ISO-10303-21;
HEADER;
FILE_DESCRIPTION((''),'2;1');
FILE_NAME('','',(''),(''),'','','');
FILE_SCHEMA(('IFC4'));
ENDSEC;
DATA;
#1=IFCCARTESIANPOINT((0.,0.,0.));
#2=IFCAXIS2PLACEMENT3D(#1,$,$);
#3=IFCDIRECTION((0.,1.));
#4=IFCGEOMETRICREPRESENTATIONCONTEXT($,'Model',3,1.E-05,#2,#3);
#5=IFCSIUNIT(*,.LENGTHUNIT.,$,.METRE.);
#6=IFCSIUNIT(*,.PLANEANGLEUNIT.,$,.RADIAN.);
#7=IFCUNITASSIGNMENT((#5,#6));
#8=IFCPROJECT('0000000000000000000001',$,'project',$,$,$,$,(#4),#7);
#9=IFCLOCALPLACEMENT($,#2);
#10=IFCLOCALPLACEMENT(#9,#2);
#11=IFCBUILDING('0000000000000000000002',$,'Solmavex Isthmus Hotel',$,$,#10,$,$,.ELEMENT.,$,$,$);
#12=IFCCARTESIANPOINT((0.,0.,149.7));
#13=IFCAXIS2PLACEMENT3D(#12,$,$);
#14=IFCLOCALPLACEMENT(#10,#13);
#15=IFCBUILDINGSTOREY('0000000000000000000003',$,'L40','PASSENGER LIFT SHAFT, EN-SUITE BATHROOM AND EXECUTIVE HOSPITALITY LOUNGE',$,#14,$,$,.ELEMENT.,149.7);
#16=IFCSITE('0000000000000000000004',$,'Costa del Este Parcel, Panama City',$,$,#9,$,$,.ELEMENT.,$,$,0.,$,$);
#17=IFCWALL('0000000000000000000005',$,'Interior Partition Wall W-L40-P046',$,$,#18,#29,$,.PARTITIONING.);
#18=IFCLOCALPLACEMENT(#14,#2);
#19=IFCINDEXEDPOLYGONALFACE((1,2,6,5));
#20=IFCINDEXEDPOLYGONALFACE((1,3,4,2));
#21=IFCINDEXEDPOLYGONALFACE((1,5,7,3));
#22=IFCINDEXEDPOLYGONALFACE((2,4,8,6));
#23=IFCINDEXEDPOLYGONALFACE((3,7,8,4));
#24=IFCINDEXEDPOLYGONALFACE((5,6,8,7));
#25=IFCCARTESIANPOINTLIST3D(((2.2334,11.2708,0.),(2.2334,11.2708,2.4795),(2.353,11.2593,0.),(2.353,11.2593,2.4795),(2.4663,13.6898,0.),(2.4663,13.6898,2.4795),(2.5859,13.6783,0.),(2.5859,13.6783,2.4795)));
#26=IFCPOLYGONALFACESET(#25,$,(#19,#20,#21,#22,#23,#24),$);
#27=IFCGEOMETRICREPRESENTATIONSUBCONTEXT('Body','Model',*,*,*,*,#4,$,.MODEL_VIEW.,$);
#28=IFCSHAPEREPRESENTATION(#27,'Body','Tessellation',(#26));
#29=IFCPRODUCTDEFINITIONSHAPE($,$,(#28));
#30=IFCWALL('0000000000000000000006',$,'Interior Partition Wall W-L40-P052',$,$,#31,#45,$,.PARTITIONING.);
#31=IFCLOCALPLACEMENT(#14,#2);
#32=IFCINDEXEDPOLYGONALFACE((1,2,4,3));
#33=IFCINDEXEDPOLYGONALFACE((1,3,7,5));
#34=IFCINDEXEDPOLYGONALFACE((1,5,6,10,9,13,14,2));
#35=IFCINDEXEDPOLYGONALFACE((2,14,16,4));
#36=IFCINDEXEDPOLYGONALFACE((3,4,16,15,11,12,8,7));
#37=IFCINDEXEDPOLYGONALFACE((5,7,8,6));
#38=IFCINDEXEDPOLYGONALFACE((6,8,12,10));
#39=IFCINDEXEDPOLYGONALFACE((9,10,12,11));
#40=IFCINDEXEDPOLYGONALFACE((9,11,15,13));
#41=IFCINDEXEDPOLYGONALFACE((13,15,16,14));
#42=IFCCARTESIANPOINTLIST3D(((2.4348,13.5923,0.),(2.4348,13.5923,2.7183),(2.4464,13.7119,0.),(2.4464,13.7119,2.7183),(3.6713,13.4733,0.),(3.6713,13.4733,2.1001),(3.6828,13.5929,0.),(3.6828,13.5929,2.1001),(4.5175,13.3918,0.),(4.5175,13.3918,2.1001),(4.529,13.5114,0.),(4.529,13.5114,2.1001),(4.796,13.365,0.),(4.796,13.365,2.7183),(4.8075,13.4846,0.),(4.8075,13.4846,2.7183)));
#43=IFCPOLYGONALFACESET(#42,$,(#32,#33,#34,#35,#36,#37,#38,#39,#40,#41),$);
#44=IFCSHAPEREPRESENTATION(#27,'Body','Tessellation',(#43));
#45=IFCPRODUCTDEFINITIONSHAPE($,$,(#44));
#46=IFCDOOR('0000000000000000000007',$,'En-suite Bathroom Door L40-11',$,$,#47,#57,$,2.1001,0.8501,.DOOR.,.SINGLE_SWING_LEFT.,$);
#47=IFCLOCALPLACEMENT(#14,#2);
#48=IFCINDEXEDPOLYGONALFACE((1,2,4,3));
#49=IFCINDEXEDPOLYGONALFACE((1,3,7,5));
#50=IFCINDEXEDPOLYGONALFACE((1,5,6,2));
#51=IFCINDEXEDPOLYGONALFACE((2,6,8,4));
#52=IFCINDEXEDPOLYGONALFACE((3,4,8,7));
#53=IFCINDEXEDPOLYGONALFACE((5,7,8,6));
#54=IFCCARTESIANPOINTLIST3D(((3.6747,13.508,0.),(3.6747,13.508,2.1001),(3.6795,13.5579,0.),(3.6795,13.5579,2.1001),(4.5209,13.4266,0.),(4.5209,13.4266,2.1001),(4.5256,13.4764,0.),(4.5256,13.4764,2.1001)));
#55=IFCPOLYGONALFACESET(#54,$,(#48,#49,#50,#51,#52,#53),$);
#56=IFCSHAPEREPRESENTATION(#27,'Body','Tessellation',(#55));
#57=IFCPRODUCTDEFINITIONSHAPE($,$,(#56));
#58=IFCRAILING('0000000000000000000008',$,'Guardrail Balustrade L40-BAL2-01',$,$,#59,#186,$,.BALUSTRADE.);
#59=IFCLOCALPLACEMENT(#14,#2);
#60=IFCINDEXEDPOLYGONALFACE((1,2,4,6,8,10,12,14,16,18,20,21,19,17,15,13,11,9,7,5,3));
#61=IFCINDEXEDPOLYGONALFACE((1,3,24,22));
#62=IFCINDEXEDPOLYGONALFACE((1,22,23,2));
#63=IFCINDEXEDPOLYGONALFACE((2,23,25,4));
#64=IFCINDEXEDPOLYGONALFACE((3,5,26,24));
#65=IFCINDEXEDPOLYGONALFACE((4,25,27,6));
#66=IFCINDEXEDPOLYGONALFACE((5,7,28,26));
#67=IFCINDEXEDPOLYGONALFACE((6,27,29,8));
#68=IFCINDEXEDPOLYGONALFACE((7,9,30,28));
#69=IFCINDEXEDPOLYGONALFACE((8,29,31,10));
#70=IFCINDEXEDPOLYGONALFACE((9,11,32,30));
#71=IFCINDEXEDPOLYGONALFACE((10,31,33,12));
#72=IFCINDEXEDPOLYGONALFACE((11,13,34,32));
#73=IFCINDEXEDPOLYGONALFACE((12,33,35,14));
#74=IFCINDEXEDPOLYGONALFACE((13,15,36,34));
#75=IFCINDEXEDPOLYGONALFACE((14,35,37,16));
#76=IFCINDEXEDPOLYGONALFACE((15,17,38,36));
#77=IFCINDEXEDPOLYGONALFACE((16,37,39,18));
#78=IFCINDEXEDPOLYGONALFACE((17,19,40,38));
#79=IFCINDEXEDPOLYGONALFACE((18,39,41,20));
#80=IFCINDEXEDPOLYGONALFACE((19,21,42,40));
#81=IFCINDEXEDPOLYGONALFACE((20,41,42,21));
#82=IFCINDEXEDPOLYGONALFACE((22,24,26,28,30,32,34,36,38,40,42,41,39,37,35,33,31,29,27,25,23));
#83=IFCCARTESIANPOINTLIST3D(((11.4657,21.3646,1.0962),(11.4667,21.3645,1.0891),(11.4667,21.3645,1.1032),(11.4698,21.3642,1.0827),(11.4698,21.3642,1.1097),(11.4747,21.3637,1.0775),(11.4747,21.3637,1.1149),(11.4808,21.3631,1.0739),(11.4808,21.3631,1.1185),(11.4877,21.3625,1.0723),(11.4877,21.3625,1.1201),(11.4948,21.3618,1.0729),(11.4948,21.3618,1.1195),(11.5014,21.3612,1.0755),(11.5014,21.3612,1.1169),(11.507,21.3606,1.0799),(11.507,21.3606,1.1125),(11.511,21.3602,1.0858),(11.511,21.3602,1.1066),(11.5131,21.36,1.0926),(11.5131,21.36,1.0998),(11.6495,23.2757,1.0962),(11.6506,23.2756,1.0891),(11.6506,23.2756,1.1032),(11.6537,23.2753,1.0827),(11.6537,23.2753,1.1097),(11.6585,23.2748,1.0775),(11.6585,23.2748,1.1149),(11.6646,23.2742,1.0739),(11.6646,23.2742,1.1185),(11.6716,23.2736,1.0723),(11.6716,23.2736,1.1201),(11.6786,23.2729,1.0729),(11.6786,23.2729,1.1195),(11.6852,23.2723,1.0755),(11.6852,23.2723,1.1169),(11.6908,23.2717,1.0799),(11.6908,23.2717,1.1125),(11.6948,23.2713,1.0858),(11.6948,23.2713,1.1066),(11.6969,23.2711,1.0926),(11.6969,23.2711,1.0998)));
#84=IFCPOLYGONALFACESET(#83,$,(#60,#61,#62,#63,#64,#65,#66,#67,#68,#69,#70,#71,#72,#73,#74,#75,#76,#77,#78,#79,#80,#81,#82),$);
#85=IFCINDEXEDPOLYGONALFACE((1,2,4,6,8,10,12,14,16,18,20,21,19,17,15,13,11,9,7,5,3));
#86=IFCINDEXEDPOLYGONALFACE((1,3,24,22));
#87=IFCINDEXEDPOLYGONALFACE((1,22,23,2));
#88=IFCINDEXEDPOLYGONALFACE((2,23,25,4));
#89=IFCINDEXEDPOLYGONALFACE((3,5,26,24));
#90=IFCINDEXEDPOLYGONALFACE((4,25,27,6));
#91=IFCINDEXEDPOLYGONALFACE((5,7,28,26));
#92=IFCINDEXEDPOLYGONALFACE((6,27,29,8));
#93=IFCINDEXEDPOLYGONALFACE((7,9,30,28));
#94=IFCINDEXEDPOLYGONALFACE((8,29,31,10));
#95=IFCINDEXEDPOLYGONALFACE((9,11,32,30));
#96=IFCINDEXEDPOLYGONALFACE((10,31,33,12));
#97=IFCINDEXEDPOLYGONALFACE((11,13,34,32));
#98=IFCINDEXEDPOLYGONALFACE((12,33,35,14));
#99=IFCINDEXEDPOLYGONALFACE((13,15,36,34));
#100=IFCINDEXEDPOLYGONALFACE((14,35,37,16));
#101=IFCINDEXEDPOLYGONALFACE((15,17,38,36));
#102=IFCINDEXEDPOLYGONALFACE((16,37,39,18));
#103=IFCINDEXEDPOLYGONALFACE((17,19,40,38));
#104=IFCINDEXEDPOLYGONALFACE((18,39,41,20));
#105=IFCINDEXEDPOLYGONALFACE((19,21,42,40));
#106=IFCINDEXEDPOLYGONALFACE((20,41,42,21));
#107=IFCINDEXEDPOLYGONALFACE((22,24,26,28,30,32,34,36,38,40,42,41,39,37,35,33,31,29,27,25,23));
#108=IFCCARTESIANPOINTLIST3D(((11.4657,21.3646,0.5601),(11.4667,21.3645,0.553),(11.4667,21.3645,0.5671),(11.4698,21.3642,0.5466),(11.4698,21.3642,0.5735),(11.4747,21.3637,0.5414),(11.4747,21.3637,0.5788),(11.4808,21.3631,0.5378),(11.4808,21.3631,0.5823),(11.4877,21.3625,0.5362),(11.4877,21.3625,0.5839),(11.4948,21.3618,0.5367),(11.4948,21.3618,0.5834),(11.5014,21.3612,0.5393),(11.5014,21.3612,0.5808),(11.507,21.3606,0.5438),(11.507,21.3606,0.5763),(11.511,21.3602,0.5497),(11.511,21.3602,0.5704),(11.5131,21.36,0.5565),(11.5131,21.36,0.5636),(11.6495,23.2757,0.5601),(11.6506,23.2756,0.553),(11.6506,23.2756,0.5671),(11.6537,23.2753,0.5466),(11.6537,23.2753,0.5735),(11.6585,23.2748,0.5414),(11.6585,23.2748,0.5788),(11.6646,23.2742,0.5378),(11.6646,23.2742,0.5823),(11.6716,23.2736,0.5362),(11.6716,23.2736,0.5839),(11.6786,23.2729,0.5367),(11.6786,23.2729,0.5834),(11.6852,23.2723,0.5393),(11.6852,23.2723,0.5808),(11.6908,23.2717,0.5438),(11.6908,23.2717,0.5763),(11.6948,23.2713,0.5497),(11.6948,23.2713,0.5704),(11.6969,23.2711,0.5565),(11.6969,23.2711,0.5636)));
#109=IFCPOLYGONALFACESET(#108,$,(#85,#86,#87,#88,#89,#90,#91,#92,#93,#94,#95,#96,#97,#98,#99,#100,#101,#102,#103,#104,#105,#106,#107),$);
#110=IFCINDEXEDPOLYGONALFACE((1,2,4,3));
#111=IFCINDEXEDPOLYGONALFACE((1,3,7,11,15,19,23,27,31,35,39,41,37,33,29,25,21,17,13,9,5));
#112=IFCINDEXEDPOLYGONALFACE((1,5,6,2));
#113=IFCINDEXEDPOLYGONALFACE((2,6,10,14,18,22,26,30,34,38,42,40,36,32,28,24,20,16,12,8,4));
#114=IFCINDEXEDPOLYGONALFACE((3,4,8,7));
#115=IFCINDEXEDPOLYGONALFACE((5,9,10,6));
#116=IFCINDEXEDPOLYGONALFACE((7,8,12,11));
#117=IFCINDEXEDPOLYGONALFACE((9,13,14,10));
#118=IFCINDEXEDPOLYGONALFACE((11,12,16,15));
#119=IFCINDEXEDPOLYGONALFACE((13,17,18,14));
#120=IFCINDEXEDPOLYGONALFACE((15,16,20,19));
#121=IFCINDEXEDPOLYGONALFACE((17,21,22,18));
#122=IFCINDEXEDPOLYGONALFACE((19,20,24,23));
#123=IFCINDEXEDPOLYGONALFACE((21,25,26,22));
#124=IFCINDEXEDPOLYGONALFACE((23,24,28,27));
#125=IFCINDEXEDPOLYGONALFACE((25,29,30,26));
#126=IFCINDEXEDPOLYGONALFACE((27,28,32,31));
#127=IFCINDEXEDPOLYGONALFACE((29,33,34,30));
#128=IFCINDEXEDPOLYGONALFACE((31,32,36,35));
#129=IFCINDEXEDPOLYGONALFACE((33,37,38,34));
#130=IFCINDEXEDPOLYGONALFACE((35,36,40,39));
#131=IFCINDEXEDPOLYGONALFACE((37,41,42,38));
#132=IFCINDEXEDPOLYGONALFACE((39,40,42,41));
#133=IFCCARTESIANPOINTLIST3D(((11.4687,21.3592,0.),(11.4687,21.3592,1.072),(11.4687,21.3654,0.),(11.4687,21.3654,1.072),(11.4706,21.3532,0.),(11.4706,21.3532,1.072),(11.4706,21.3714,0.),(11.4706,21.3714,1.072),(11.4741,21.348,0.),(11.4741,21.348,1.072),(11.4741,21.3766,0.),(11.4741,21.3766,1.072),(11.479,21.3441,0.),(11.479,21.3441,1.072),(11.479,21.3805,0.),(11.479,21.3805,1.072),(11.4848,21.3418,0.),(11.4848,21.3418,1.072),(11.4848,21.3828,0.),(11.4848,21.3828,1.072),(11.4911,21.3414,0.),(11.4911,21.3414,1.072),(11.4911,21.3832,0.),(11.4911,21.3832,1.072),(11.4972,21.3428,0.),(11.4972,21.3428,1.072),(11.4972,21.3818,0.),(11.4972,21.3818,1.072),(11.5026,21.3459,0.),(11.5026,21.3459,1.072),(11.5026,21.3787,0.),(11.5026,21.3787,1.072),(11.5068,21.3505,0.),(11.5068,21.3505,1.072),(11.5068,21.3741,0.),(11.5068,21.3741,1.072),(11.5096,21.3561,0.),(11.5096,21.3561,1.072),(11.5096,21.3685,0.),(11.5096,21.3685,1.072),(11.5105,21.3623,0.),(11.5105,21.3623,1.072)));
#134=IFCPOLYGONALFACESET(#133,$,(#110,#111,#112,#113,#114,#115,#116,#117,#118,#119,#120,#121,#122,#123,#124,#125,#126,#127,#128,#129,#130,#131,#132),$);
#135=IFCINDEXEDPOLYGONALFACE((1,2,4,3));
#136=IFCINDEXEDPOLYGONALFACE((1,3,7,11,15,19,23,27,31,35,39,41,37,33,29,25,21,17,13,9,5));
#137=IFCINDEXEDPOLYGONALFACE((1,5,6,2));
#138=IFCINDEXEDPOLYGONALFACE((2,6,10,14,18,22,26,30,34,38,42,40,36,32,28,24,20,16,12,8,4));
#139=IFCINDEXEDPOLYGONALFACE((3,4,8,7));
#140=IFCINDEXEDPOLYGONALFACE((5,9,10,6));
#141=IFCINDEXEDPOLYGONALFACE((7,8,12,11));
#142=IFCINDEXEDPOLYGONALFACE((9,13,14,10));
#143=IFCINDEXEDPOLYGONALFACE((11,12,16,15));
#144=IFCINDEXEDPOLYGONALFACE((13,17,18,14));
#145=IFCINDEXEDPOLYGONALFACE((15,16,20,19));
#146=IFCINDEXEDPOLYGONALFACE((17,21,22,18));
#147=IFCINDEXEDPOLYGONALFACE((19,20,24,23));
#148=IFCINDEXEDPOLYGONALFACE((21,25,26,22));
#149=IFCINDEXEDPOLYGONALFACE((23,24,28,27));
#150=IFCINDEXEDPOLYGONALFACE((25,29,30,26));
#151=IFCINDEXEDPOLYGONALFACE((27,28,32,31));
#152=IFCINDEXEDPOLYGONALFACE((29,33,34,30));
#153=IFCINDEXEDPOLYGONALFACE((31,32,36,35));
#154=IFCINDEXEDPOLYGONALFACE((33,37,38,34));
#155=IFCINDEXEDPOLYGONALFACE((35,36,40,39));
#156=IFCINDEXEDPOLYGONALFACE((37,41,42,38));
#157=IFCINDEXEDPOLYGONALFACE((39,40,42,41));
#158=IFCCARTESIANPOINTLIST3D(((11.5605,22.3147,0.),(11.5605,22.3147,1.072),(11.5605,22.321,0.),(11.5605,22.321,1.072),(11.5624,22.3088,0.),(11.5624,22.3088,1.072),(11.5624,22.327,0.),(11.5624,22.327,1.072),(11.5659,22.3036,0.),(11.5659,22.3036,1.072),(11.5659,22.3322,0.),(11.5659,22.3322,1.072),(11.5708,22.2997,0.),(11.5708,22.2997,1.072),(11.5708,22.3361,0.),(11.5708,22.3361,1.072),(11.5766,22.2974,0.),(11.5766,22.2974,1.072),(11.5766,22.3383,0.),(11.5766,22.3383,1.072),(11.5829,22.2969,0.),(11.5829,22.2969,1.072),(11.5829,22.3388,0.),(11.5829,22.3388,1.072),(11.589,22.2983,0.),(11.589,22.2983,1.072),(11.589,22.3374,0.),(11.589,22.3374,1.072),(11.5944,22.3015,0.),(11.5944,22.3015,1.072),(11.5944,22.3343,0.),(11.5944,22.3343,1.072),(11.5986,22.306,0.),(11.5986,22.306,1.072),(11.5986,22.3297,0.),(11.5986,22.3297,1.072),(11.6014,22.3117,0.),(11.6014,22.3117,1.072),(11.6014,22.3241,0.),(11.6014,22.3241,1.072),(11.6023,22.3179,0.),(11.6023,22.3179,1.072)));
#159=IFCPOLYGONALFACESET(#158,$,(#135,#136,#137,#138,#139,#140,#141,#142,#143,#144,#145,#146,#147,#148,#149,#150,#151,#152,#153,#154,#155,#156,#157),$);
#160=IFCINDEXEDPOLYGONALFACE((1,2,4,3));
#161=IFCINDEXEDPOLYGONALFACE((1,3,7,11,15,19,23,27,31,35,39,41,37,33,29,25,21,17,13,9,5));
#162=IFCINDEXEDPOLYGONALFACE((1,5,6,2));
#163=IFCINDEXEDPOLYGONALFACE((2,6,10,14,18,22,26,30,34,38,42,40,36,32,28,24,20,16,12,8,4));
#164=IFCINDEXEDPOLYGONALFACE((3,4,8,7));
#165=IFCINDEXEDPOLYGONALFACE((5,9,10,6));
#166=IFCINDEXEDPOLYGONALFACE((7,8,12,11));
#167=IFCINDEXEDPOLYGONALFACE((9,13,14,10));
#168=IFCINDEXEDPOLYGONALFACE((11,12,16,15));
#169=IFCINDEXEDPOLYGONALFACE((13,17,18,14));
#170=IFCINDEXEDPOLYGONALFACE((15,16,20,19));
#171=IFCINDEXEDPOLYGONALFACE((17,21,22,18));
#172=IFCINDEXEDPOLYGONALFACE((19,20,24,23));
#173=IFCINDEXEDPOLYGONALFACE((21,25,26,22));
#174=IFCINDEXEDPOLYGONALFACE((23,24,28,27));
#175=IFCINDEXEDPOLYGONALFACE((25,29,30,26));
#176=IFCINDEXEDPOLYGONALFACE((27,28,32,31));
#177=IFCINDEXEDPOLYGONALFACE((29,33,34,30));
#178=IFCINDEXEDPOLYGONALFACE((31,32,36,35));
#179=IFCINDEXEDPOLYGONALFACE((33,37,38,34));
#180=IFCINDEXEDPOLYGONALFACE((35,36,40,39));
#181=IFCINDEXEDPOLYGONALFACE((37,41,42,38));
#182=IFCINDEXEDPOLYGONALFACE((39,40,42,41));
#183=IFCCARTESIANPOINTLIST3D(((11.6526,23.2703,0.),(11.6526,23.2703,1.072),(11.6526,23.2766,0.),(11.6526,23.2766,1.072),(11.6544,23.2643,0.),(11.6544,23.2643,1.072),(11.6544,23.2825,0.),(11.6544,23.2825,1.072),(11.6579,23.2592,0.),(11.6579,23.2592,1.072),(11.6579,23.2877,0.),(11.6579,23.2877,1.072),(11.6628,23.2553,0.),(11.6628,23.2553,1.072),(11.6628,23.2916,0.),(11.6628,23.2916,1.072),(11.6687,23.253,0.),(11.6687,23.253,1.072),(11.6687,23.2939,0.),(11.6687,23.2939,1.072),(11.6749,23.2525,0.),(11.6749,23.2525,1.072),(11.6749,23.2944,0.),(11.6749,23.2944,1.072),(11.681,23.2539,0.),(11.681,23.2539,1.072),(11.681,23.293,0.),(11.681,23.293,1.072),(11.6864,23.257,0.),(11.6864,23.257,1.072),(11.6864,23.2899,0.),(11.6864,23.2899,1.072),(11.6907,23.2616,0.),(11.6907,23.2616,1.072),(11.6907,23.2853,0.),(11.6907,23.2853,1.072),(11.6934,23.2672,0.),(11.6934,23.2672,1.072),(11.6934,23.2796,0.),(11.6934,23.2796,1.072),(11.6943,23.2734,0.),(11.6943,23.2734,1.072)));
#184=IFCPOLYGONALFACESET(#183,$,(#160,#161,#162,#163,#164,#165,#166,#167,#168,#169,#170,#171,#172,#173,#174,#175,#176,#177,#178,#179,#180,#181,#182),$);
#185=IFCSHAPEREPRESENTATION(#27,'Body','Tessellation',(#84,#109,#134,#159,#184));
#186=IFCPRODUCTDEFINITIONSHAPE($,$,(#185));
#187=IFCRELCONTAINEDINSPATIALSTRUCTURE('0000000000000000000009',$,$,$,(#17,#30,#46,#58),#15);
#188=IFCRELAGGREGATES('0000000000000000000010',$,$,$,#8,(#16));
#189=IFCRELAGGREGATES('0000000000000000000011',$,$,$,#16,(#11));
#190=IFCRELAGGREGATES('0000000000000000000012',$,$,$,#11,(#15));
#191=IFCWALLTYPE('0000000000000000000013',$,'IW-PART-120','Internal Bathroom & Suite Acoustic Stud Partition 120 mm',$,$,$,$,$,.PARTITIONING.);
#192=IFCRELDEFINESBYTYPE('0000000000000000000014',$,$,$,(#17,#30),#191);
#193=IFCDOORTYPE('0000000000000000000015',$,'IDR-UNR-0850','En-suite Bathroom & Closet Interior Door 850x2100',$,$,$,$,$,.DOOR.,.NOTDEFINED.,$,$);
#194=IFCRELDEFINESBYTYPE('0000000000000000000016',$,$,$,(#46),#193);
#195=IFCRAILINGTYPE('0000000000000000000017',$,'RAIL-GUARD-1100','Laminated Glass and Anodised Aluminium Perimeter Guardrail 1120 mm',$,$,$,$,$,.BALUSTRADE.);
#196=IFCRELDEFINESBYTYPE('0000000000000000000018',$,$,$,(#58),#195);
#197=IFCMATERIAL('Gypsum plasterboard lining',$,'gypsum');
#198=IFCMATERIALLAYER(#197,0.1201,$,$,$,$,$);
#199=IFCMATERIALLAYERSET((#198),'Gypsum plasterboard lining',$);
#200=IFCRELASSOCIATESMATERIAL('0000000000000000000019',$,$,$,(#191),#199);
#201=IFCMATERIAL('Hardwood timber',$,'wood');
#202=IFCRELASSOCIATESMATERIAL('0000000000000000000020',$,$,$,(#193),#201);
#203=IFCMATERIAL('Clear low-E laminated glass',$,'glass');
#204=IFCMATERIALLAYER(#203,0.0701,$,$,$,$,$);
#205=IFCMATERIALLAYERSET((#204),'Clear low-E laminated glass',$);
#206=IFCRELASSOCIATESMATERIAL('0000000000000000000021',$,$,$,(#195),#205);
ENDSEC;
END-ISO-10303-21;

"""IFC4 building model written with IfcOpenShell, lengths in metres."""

from ifc_helpers import new_model, si_unit, direction, frame, frame_2d, origin, origin_2d, place, context, subcontext, project, spatial, rectangle, circle, extrude, material, layer, layer_set, type_object, element, fill, save


model = new_model("IFC4")

# Units and contexts
model_context = context("Model", 3, precision=1e-05, world=origin(), true_north=direction((0.0, 1.0)))
body_context = subcontext(model_context, "Body", "Model", "MODEL_VIEW")
ifc_project = project(units=[si_unit("LENGTHUNIT", "METRE"), si_unit("PLANEANGLEUNIT", "RADIAN")], contexts=[model_context])

# Site, building, storey
site_placement = place(None, origin())
site = spatial("IfcSite", under=ifc_project, at=site_placement, Name="Costa del Este Parcel, Panama City", CompositionType="ELEMENT", RefElevation=0.0)
building_placement = place(site_placement, origin())
building = spatial("IfcBuilding", under=site, at=building_placement, Name="Solmavex Isthmus Hotel", CompositionType="ELEMENT")
storey_placement = place(building_placement, frame((0.0, 0.0, 149.7)))
storey = spatial("IfcBuildingStorey", under=building, at=storey_placement, Name="L40", Description="PASSENGER LIFT SHAFT, EN-SUITE BATHROOM AND EXECUTIVE HOSPITALITY LOUNGE", CompositionType="ELEMENT", Elevation=149.7)

# Shared definitions
ifc_material_1 = material(Name="Clear low-E laminated glass", Category="glass")

# Shared definitions
ifc_material_2 = material(Name="Gypsum plasterboard lining", Category="gypsum")

# Shared definitions
ifc_material_3 = material(Name="Hardwood timber", Category="wood")

# Wall
ifc_layer_1 = layer(ifc_material_2, 0.1201)
ifc_layer_set_1 = layer_set([ifc_layer_1], Name="Gypsum plasterboard lining")
wall_type_1 = type_object("IfcWallType", Name="IW-PART-120", Description="Internal Bathroom & Suite Acoustic Stud Partition 120 mm", PredefinedType="PARTITIONING", material=ifc_layer_set_1)
wall_1_placement = place(storey_placement, frame((2.5261, 13.6841, 0.0), z_axis=(0.0, 0.0, 1.0), x_axis=(-0.095843, -0.995397, 0.0)))
element("IfcWall", 1, at=wall_1_placement, inside=storey, type_object=wall_type_1, Name="Interior Partition Wall W-L40-P046", PredefinedType="PARTITIONING", context=body_context, shape_type="SweptSolid", body=[
    extrude(rectangle(XDim=2.4302, YDim=0.1201, at=frame_2d((1.2151, 0.0))), origin(), (0.0, 0.0, 1.0), 2.4795),
])

# Wall, opening, door
wall_2_placement = place(storey_placement, frame((4.8018, 13.4248, 0.0), z_axis=(0.0, 0.0, 1.0), x_axis=(-0.995398, 0.095824, 0.0)))
wall_2 = element("IfcWall", 2, at=wall_2_placement, inside=storey, type_object=wall_type_1, Name="Interior Partition Wall W-L40-P052", PredefinedType="PARTITIONING", context=body_context, shape_type="SweptSolid", body=[
    extrude(rectangle(XDim=2.3721, YDim=0.1201, at=frame_2d((1.186, 0.0))), origin(), (0.0, 0.0, 1.0), 2.7183),
])
opening_1_placement = place(wall_2_placement, frame((0.2798, 0.0, 0.0)))
opening_1 = element("IfcOpeningElement", 3, at=opening_1_placement, cuts=wall_2, PredefinedType="OPENING", context=body_context, shape_type="SweptSolid", body=[
    extrude(rectangle(XDim=0.8501, YDim=2.1001, at=frame_2d((0.425, 1.05))), frame((0.0, 0.0701, 0.0), z_axis=(0.0, -1.0, 0.0), x_axis=(1.0, 0.0, 0.0)), (0.0, 0.0, 1.0), 0.1401),
])
door_type_1 = type_object("IfcDoorType", Name="IDR-UNR-0850", Description="En-suite Bathroom & Closet Interior Door 850x2100", OperationType="NOTDEFINED", PredefinedType="DOOR", material=ifc_material_3)
door_1_placement = place(opening_1_placement, frame((0.8501, 0.0, 0.0), z_axis=(0.0, 0.0, 1.0), x_axis=(-1.0, 0.0, 0.0)))
door_1 = element("IfcDoor", 4, at=door_1_placement, inside=storey, type_object=door_type_1, Name="En-suite Bathroom Door L40-11", OperationType="SINGLE_SWING_LEFT", OverallHeight=2.1001, OverallWidth=0.8501, PredefinedType="DOOR", context=body_context, shape_type="SweptSolid", body=[
    extrude(rectangle(XDim=0.8501, YDim=2.1001, at=frame_2d((0.425, 1.05))), frame((0.0, 0.0249, 0.0), z_axis=(0.0, -1.0, 0.0), x_axis=(1.0, 0.0, 0.0)), (0.0, 0.0, 1.0), 0.05),
])
fill(opening_1, door_1)

# Railing
ifc_layer_2 = layer(ifc_material_1, 0.0701)
ifc_layer_set_2 = layer_set([ifc_layer_2], Name="Clear low-E laminated glass")
railing_type = type_object("IfcRailingType", Name="RAIL-GUARD-1100", Description="Laminated Glass and Anodised Aluminium Perimeter Guardrail 1120 mm", PredefinedType="BALUSTRADE", material=ifc_layer_set_2)
railing_1_placement = place(storey_placement, frame((11.4895, 21.3623, 0.0)))
element("IfcRailing", 5, at=railing_1_placement, inside=storey, type_object=railing_type, Name="Guardrail Balustrade L40-BAL2-01", PredefinedType="BALUSTRADE", context=body_context, shape_type="SweptSolid", body=[
    extrude(circle(Radius=0.0239, at=origin_2d()), frame((0.0, 0.0, 1.0962), z_axis=(0.095751, 0.995405, 0.0), x_axis=(-0.995405, 0.095751, 0.0)), (0.0, 0.0, 1.0), 1.9199),
    extrude(circle(Radius=0.0239, at=origin_2d()), frame((0.0, 0.0, 0.5601), z_axis=(0.095751, 0.995405, 0.0), x_axis=(-0.995405, 0.095751, 0.0)), (0.0, 0.0, 1.0), 1.9199),
    extrude(circle(Radius=0.021, at=origin_2d()), origin(), (0.0, 0.0, 1.0), 1.072),
    extrude(circle(Radius=0.021, at=origin_2d()), frame((0.0918, 0.9556, 0.0)), (0.0, 0.0, 1.0), 1.072),
    extrude(circle(Radius=0.021, at=origin_2d()), frame((0.1838, 1.9111, 0.0)), (0.0, 0.0, 1.0), 1.072),
])

save(model, "model.ifc")
